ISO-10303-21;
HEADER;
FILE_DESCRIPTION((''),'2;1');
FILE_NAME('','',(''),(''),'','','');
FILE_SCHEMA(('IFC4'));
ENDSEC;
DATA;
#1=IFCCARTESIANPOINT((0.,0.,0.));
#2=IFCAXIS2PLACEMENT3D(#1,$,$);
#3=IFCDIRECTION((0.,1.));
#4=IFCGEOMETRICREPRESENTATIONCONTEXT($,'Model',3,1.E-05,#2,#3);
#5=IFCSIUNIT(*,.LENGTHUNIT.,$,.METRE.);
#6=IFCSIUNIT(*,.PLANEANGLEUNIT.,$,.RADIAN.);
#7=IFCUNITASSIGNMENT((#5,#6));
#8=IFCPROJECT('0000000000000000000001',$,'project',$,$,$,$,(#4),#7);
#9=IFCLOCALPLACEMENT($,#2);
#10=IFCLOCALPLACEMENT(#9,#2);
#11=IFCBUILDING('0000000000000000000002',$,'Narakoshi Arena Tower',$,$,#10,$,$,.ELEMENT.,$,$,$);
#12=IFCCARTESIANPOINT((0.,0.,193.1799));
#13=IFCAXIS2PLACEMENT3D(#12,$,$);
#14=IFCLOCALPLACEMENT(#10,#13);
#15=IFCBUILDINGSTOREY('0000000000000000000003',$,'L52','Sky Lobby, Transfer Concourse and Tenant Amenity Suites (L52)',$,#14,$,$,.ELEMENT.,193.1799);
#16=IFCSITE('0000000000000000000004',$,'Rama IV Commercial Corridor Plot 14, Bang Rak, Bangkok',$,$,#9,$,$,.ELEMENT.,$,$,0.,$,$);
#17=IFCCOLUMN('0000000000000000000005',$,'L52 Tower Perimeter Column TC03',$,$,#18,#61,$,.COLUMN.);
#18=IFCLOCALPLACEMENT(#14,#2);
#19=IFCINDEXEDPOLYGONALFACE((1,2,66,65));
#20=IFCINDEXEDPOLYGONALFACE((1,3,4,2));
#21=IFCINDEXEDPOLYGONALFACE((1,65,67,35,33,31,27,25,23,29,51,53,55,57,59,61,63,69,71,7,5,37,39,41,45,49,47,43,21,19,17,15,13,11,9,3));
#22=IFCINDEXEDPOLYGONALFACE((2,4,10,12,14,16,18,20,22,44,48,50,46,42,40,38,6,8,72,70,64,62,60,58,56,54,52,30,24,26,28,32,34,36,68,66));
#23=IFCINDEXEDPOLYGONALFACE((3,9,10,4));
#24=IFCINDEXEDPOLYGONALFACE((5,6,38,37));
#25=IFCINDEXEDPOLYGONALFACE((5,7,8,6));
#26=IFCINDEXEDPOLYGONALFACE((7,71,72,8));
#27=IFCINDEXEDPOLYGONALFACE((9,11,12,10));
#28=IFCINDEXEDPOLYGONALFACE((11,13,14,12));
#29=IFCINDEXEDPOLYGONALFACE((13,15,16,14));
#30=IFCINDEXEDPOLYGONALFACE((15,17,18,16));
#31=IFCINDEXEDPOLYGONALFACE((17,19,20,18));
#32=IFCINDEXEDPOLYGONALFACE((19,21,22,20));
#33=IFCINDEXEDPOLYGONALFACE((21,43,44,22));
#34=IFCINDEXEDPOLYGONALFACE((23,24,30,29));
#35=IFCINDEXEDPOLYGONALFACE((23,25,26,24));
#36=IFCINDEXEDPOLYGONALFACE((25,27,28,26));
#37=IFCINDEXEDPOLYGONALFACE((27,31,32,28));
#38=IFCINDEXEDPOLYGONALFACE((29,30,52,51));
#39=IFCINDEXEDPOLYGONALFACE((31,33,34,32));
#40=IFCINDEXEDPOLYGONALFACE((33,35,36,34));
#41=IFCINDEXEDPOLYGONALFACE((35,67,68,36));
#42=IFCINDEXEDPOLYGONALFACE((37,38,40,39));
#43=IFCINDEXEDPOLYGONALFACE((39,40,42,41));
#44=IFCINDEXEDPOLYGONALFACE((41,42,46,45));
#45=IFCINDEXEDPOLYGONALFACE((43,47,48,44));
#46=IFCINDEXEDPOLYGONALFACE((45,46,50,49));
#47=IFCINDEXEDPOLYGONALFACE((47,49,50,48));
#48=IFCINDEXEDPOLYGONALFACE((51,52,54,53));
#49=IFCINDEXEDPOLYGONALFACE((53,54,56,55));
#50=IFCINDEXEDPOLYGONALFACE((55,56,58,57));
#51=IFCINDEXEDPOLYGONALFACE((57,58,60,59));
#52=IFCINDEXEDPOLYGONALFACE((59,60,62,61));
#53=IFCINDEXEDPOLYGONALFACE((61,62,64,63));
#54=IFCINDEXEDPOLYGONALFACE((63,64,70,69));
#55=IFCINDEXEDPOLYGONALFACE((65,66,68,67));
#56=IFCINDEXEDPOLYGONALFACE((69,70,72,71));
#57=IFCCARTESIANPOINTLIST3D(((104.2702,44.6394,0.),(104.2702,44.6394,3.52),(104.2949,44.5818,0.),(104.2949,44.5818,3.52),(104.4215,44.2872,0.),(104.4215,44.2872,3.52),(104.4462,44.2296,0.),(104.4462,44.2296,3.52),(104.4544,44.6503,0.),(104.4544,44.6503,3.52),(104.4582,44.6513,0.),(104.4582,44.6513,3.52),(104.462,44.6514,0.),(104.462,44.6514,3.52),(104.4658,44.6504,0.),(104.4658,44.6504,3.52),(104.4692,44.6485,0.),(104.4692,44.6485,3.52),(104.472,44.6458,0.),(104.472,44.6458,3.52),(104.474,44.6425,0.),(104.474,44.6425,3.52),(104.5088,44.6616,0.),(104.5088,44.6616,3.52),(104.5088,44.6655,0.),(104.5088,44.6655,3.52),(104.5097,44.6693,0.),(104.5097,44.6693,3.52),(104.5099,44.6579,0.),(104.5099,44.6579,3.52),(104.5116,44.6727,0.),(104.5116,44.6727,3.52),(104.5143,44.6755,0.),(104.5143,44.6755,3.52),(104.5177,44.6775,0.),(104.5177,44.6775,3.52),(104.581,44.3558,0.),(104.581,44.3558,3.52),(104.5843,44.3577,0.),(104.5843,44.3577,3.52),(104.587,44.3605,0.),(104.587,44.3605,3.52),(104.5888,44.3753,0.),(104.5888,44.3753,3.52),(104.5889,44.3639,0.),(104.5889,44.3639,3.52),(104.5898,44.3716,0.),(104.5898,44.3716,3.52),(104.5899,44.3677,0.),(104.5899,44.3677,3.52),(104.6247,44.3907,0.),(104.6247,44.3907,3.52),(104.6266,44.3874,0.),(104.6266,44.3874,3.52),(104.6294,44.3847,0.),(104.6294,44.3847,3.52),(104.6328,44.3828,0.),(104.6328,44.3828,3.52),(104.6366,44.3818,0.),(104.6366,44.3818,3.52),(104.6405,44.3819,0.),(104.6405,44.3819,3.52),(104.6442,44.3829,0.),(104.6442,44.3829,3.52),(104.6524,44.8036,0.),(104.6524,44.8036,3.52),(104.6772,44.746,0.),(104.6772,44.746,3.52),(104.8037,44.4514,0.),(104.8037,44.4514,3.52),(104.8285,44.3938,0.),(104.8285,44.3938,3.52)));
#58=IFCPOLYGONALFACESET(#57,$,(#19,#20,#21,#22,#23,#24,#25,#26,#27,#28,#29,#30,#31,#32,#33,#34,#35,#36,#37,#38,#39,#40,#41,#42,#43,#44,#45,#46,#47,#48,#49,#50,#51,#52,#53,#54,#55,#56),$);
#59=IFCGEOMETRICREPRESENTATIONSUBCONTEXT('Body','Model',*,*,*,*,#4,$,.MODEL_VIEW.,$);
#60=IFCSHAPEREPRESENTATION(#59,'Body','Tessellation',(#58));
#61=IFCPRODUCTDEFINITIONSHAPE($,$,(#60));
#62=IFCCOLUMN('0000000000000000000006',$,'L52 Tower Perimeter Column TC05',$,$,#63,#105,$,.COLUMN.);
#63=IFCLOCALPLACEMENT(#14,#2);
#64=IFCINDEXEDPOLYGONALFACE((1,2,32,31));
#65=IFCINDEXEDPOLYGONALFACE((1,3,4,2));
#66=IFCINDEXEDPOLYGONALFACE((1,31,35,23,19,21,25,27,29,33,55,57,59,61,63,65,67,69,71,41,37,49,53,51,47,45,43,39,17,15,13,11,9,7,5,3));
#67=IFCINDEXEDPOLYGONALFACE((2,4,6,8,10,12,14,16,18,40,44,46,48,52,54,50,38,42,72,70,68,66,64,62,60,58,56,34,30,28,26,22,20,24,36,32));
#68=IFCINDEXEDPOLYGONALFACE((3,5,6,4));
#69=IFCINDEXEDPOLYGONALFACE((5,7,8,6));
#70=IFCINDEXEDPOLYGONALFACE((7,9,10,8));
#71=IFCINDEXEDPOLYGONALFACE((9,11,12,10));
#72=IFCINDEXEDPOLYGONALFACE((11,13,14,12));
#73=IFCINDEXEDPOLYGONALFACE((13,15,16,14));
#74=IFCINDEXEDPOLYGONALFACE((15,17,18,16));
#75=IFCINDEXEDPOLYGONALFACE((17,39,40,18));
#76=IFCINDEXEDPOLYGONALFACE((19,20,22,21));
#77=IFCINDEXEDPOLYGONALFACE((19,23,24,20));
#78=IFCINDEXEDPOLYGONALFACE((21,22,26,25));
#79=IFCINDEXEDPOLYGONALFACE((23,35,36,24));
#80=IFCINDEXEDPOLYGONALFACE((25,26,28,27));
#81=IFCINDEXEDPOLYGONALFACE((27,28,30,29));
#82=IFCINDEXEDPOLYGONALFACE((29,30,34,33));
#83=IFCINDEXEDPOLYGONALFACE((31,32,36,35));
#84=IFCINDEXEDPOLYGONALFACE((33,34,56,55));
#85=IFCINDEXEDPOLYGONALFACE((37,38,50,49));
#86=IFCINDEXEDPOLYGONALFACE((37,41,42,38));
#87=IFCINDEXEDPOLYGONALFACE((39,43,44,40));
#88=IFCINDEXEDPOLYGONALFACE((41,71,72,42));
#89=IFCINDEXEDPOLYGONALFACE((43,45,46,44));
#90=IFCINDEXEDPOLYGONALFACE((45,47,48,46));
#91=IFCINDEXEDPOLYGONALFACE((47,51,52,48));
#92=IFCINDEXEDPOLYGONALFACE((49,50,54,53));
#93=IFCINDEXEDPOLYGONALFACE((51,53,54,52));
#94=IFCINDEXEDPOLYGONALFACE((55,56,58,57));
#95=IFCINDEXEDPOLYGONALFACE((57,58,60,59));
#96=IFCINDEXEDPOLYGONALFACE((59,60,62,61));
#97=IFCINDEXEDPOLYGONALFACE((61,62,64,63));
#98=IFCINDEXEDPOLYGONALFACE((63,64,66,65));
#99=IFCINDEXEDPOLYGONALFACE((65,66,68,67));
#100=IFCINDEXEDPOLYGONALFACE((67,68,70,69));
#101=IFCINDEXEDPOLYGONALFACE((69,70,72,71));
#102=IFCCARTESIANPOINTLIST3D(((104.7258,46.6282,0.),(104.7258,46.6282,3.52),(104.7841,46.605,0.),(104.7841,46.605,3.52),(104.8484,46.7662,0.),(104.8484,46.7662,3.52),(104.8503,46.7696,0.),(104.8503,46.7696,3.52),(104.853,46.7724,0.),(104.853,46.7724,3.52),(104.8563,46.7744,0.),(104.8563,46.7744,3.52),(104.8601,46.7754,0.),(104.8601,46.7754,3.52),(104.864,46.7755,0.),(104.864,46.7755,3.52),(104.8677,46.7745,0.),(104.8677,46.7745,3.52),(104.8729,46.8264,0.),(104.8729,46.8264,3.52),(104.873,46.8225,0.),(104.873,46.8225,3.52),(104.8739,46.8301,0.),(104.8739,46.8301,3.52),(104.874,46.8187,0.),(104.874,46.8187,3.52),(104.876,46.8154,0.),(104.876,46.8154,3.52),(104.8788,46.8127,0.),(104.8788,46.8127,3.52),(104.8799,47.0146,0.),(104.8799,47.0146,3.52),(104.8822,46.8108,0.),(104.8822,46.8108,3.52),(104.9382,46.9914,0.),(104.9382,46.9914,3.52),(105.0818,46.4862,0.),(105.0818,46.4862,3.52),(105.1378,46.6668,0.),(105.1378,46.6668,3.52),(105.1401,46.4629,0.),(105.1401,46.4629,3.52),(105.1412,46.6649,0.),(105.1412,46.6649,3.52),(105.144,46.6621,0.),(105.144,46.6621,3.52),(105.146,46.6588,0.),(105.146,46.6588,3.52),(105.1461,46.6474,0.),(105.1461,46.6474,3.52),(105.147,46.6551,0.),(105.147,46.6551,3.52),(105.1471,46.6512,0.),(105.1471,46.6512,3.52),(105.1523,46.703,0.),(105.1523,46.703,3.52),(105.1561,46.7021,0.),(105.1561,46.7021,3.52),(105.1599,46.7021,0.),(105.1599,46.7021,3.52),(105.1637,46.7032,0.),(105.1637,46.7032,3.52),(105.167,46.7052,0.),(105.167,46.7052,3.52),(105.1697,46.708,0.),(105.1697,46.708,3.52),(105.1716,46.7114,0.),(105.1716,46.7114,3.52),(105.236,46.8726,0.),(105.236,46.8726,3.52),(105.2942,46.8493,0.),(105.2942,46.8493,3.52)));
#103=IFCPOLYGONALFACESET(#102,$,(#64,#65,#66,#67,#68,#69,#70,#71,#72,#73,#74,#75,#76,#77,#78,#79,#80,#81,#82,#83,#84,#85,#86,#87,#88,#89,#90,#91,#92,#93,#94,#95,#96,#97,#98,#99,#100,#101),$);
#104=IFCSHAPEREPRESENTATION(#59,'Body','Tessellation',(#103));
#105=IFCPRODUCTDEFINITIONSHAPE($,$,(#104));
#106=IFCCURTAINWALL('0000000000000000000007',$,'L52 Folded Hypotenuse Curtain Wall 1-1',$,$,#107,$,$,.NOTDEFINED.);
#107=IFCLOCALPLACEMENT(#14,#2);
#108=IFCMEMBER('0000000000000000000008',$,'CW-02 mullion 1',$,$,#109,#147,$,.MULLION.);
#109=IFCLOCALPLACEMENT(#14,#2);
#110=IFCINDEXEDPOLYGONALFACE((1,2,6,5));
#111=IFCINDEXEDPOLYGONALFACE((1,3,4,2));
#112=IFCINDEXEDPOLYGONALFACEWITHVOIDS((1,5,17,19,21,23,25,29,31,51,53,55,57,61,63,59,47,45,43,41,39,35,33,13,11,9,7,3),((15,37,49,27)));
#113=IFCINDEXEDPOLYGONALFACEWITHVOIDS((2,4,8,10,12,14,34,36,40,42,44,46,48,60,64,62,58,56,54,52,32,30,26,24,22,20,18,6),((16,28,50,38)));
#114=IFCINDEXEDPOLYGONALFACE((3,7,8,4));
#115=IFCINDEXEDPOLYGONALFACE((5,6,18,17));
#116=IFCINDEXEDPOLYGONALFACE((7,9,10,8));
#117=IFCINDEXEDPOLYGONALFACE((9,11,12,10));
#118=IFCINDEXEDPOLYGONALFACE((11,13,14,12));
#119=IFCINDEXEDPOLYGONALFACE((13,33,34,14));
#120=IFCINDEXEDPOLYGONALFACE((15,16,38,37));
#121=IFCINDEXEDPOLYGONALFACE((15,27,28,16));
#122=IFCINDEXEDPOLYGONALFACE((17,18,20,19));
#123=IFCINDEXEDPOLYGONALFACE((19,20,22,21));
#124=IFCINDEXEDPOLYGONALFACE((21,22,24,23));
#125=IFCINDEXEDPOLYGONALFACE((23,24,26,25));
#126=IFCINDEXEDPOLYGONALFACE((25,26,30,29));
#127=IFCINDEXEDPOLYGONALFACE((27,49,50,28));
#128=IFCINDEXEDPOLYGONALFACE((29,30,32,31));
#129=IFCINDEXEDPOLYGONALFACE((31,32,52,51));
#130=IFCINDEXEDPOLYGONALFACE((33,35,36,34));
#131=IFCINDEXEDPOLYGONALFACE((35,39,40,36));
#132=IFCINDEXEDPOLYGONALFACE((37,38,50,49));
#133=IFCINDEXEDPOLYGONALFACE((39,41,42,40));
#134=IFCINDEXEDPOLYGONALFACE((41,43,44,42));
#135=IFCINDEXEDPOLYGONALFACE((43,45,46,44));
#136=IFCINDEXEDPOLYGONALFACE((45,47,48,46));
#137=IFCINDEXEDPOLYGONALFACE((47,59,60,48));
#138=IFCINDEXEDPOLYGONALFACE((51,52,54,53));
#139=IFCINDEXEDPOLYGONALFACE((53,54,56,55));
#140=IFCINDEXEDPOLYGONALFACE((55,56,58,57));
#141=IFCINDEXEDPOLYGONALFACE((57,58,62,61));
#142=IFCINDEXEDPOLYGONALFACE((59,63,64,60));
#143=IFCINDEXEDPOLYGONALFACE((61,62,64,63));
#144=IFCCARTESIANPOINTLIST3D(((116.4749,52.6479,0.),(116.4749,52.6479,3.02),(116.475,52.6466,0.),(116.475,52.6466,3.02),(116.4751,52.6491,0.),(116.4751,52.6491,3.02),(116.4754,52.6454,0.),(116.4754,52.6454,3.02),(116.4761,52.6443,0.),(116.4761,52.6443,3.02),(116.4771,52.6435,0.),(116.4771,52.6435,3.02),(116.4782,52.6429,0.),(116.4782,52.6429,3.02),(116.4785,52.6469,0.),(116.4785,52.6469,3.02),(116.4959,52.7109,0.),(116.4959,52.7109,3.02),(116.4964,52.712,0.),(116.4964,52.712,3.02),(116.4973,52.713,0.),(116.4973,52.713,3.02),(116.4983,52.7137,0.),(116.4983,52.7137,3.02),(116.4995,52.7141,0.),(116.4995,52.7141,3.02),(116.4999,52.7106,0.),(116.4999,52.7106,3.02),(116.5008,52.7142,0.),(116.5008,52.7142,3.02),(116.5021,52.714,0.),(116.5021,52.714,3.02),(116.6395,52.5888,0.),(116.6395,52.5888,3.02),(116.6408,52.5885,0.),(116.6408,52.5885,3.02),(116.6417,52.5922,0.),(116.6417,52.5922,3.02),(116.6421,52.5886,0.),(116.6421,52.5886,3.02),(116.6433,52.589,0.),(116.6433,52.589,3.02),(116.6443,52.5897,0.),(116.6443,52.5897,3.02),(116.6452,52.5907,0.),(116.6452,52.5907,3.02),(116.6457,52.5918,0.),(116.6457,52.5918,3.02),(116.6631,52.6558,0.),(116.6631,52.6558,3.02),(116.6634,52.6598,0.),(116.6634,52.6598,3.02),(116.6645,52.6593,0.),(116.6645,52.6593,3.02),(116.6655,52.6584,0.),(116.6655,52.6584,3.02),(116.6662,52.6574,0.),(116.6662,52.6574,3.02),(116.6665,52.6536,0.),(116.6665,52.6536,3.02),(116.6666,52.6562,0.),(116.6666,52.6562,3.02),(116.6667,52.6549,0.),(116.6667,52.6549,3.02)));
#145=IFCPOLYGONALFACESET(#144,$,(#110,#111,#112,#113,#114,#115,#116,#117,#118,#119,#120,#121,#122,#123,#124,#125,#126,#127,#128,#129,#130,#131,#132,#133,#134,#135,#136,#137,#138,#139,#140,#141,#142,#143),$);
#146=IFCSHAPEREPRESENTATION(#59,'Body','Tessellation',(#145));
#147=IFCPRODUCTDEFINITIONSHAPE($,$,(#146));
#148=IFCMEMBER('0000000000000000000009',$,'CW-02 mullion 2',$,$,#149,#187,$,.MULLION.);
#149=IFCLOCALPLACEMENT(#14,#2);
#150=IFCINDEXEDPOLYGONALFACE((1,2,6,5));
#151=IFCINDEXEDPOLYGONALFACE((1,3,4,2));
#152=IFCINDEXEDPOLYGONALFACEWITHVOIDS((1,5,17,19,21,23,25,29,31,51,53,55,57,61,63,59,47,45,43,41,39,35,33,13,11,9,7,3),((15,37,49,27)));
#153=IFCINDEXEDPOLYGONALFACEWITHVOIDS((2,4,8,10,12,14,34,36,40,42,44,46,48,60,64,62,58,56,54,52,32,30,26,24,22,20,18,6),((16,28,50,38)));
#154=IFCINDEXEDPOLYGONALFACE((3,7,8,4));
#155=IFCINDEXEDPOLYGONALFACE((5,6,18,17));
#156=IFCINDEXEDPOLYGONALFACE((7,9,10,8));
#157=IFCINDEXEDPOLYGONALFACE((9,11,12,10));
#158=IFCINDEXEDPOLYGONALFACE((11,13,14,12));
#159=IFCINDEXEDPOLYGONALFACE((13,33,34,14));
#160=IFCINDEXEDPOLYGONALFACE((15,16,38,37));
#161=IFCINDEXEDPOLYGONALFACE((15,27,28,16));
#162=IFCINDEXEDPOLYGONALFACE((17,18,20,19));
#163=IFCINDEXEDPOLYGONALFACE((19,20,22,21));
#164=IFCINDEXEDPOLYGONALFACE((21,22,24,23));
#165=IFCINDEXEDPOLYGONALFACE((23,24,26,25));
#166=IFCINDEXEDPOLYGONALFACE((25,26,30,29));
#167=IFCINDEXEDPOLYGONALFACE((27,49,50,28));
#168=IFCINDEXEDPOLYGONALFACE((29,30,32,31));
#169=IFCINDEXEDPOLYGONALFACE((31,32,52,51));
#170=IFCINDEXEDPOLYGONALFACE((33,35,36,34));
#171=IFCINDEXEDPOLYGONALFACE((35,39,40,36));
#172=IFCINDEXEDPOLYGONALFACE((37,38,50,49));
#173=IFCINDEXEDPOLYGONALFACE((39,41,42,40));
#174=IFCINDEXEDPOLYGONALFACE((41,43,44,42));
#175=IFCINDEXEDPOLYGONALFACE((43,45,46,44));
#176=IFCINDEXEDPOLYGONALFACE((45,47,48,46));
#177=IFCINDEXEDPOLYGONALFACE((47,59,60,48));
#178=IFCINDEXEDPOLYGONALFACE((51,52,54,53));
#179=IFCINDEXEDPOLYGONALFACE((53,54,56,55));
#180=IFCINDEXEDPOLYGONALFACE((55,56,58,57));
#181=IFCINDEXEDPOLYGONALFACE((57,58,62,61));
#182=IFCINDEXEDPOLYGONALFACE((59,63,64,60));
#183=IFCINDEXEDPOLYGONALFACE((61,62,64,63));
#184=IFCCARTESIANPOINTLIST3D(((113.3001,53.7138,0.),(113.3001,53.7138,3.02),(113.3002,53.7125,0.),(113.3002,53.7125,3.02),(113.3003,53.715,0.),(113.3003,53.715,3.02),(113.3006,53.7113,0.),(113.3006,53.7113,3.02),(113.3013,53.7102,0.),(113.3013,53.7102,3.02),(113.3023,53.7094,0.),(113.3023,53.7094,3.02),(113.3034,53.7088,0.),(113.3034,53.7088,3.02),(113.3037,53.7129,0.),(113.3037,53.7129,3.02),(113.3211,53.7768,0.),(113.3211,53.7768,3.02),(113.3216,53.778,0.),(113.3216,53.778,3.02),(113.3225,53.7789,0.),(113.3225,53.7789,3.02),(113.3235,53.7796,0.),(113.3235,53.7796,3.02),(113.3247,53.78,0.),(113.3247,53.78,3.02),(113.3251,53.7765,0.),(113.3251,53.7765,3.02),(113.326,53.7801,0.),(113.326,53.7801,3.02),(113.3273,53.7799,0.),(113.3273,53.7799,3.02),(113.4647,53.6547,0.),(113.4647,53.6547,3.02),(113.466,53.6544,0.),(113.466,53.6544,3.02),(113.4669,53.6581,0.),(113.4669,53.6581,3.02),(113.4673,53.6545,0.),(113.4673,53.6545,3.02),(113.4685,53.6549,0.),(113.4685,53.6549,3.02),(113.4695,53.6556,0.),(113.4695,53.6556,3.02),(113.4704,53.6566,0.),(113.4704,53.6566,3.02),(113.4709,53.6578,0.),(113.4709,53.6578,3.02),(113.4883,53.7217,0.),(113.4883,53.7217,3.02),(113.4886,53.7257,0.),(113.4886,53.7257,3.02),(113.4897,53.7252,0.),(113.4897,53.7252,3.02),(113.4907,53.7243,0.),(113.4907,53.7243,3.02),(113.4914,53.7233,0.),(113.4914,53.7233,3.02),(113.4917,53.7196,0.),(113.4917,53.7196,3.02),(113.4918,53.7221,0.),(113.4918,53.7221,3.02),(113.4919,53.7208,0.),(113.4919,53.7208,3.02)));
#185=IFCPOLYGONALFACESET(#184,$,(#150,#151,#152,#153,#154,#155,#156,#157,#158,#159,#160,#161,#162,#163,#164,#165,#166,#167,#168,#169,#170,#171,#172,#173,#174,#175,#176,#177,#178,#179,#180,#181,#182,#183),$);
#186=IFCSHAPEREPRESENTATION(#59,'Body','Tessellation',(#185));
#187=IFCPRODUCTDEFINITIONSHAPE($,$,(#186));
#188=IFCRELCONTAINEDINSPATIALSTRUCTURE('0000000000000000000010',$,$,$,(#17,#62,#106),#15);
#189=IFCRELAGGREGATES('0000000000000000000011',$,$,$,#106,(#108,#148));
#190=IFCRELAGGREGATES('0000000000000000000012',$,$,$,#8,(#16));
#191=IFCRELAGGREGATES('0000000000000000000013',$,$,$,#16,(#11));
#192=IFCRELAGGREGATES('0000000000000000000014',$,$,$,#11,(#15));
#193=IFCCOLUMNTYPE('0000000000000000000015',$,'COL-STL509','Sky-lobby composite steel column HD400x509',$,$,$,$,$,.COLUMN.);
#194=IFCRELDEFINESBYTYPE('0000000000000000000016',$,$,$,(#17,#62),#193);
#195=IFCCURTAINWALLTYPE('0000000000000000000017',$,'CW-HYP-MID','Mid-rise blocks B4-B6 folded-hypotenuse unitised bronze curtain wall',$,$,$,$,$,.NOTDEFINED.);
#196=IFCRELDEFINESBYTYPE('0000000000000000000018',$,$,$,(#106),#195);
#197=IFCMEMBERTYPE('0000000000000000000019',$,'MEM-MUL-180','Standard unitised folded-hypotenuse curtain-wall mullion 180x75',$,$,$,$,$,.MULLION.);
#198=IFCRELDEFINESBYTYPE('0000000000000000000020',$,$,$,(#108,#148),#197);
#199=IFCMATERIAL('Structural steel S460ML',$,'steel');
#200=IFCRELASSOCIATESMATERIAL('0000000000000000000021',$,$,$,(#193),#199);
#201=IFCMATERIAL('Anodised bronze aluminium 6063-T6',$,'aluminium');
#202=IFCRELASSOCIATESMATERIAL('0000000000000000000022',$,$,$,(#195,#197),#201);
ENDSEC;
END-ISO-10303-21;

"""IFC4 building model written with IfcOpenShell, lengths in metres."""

from ifc_helpers import new_model, si_unit, direction, frame, origin, origin_2d, place, context, subcontext, project, spatial, hollow_rectangle, i_section, extrude, material, material_profile, profile_set, type_object, element, aggregate, save


model = new_model("IFC4")

# Units and contexts
model_context = context("Model", 3, precision=1e-05, world=origin(), true_north=direction((0.0, 1.0)))
body_context = subcontext(model_context, "Body", "Model", "MODEL_VIEW")
ifc_project = project(units=[si_unit("LENGTHUNIT", "METRE"), si_unit("PLANEANGLEUNIT", "RADIAN")], contexts=[model_context])

# Site, building, storey
site_placement = place(None, origin())
site = spatial("IfcSite", under=ifc_project, at=site_placement, Name="Rama IV Commercial Corridor Plot 14, Bang Rak, Bangkok", CompositionType="ELEMENT", RefElevation=0.0)
building_placement = place(site_placement, origin())
building = spatial("IfcBuilding", under=site, at=building_placement, Name="Narakoshi Arena Tower", CompositionType="ELEMENT")
storey_placement = place(building_placement, frame((0.0, 0.0, 193.1799)))
storey = spatial("IfcBuildingStorey", under=building, at=storey_placement, Name="L52", Description="Sky Lobby, Transfer Concourse and Tenant Amenity Suites (L52)", CompositionType="ELEMENT", Elevation=193.1799)

# Columns
ifc_material_1 = material(Name="Structural steel S460ML", Category="steel")
ifc_material_profile_1 = material_profile(ifc_material_1, i_section(OverallWidth=0.416, OverallDepth=0.446, WebThickness=0.0391, FlangeThickness=0.0627, FilletRadius=0.0149, at=origin_2d()), Name="HD400x509")
ifc_profile_set_1 = profile_set([ifc_material_profile_1], Name="Structural steel S460ML")
column_type = type_object("IfcColumnType", Name="COL-STL509", Description="Sky-lobby composite steel column HD400x509", PredefinedType="COLUMN", material=ifc_profile_set_1)
for number, where, z_axis, x_axis, name in (
    (1, (104.5493, 44.5166, 0.0), (0.0, 0.0, 1.0), (0.918791, 0.394744, 0.0), "L52 Tower Perimeter Column TC03"),
    (2, (105.01, 46.7388, 0.0), (0.0, 0.0, 1.0), (0.370557, 0.92881, 0.0), "L52 Tower Perimeter Column TC05"),
):
    element("IfcColumn", number, at=place(storey_placement, frame(where, z_axis=z_axis, x_axis=x_axis)), inside=storey, type_object=column_type, Name=name, PredefinedType="COLUMN", context=body_context, shape_type="SweptSolid", body=[
        extrude(i_section(OverallWidth=0.416, OverallDepth=0.446, WebThickness=0.0391, FlangeThickness=0.0627, FilletRadius=0.0149, at=origin_2d()), origin(), (0.0, 0.0, 1.0), 3.52),
    ])

# Curtain wall, members
ifc_material_2 = material(Name="Anodised bronze aluminium 6063-T6", Category="aluminium")
curtain_wall_type = type_object("IfcCurtainWallType", Name="CW-HYP-MID", Description="Mid-rise blocks B4-B6 folded-hypotenuse unitised bronze curtain wall", PredefinedType="NOTDEFINED", material=ifc_material_2)
curtain_wall_placement = place(storey_placement, origin())
curtain_wall = element("IfcCurtainWall", 3, at=curtain_wall_placement, inside=storey, type_object=curtain_wall_type, Name="L52 Folded Hypotenuse Curtain Wall 1-1", PredefinedType="NOTDEFINED")
ifc_material_profile_2 = material_profile(ifc_material_2, hollow_rectangle(XDim=0.075, YDim=0.1799, WallThickness=0.0039, OuterFilletRadius=0.0049, at=origin_2d()), Name="MUL180x75x4")
ifc_profile_set_2 = profile_set([ifc_material_profile_2], Name="Anodised bronze aluminium 6063-T6")
member_type_1 = type_object("IfcMemberType", Name="MEM-MUL-180", Description="Standard unitised folded-hypotenuse curtain-wall mullion 180x75", PredefinedType="MULLION", material=ifc_profile_set_2)
member_1_placement = place(storey_placement, frame((116.5708, 52.6514, 0.0), z_axis=(0.0, 0.0, 1.0), x_axis=(-0.318263, -0.948002, 0.0)))
member_1 = element("IfcMember", 4, at=member_1_placement, type_object=member_type_1, Name="CW-02 mullion 1", PredefinedType="MULLION", context=body_context, shape_type="SweptSolid", body=[
    extrude(hollow_rectangle(XDim=0.075, YDim=0.1799, WallThickness=0.0039, OuterFilletRadius=0.0049, at=origin_2d()), origin(), (0.0, 0.0, 1.0), 3.02),
])
member_2_placement = place(storey_placement, frame((113.396, 53.7173, 0.0), z_axis=(0.0, 0.0, 1.0), x_axis=(-0.318263, -0.948002, 0.0)))
member_2 = element("IfcMember", 5, at=member_2_placement, type_object=member_type_1, Name="CW-02 mullion 2", PredefinedType="MULLION", context=body_context, shape_type="SweptSolid", body=[
    extrude(hollow_rectangle(XDim=0.075, YDim=0.1799, WallThickness=0.0039, OuterFilletRadius=0.0049, at=origin_2d()), origin(), (0.0, 0.0, 1.0), 3.02),
])
aggregate(curtain_wall, [member_1, member_2])

save(model, "model.ifc")
